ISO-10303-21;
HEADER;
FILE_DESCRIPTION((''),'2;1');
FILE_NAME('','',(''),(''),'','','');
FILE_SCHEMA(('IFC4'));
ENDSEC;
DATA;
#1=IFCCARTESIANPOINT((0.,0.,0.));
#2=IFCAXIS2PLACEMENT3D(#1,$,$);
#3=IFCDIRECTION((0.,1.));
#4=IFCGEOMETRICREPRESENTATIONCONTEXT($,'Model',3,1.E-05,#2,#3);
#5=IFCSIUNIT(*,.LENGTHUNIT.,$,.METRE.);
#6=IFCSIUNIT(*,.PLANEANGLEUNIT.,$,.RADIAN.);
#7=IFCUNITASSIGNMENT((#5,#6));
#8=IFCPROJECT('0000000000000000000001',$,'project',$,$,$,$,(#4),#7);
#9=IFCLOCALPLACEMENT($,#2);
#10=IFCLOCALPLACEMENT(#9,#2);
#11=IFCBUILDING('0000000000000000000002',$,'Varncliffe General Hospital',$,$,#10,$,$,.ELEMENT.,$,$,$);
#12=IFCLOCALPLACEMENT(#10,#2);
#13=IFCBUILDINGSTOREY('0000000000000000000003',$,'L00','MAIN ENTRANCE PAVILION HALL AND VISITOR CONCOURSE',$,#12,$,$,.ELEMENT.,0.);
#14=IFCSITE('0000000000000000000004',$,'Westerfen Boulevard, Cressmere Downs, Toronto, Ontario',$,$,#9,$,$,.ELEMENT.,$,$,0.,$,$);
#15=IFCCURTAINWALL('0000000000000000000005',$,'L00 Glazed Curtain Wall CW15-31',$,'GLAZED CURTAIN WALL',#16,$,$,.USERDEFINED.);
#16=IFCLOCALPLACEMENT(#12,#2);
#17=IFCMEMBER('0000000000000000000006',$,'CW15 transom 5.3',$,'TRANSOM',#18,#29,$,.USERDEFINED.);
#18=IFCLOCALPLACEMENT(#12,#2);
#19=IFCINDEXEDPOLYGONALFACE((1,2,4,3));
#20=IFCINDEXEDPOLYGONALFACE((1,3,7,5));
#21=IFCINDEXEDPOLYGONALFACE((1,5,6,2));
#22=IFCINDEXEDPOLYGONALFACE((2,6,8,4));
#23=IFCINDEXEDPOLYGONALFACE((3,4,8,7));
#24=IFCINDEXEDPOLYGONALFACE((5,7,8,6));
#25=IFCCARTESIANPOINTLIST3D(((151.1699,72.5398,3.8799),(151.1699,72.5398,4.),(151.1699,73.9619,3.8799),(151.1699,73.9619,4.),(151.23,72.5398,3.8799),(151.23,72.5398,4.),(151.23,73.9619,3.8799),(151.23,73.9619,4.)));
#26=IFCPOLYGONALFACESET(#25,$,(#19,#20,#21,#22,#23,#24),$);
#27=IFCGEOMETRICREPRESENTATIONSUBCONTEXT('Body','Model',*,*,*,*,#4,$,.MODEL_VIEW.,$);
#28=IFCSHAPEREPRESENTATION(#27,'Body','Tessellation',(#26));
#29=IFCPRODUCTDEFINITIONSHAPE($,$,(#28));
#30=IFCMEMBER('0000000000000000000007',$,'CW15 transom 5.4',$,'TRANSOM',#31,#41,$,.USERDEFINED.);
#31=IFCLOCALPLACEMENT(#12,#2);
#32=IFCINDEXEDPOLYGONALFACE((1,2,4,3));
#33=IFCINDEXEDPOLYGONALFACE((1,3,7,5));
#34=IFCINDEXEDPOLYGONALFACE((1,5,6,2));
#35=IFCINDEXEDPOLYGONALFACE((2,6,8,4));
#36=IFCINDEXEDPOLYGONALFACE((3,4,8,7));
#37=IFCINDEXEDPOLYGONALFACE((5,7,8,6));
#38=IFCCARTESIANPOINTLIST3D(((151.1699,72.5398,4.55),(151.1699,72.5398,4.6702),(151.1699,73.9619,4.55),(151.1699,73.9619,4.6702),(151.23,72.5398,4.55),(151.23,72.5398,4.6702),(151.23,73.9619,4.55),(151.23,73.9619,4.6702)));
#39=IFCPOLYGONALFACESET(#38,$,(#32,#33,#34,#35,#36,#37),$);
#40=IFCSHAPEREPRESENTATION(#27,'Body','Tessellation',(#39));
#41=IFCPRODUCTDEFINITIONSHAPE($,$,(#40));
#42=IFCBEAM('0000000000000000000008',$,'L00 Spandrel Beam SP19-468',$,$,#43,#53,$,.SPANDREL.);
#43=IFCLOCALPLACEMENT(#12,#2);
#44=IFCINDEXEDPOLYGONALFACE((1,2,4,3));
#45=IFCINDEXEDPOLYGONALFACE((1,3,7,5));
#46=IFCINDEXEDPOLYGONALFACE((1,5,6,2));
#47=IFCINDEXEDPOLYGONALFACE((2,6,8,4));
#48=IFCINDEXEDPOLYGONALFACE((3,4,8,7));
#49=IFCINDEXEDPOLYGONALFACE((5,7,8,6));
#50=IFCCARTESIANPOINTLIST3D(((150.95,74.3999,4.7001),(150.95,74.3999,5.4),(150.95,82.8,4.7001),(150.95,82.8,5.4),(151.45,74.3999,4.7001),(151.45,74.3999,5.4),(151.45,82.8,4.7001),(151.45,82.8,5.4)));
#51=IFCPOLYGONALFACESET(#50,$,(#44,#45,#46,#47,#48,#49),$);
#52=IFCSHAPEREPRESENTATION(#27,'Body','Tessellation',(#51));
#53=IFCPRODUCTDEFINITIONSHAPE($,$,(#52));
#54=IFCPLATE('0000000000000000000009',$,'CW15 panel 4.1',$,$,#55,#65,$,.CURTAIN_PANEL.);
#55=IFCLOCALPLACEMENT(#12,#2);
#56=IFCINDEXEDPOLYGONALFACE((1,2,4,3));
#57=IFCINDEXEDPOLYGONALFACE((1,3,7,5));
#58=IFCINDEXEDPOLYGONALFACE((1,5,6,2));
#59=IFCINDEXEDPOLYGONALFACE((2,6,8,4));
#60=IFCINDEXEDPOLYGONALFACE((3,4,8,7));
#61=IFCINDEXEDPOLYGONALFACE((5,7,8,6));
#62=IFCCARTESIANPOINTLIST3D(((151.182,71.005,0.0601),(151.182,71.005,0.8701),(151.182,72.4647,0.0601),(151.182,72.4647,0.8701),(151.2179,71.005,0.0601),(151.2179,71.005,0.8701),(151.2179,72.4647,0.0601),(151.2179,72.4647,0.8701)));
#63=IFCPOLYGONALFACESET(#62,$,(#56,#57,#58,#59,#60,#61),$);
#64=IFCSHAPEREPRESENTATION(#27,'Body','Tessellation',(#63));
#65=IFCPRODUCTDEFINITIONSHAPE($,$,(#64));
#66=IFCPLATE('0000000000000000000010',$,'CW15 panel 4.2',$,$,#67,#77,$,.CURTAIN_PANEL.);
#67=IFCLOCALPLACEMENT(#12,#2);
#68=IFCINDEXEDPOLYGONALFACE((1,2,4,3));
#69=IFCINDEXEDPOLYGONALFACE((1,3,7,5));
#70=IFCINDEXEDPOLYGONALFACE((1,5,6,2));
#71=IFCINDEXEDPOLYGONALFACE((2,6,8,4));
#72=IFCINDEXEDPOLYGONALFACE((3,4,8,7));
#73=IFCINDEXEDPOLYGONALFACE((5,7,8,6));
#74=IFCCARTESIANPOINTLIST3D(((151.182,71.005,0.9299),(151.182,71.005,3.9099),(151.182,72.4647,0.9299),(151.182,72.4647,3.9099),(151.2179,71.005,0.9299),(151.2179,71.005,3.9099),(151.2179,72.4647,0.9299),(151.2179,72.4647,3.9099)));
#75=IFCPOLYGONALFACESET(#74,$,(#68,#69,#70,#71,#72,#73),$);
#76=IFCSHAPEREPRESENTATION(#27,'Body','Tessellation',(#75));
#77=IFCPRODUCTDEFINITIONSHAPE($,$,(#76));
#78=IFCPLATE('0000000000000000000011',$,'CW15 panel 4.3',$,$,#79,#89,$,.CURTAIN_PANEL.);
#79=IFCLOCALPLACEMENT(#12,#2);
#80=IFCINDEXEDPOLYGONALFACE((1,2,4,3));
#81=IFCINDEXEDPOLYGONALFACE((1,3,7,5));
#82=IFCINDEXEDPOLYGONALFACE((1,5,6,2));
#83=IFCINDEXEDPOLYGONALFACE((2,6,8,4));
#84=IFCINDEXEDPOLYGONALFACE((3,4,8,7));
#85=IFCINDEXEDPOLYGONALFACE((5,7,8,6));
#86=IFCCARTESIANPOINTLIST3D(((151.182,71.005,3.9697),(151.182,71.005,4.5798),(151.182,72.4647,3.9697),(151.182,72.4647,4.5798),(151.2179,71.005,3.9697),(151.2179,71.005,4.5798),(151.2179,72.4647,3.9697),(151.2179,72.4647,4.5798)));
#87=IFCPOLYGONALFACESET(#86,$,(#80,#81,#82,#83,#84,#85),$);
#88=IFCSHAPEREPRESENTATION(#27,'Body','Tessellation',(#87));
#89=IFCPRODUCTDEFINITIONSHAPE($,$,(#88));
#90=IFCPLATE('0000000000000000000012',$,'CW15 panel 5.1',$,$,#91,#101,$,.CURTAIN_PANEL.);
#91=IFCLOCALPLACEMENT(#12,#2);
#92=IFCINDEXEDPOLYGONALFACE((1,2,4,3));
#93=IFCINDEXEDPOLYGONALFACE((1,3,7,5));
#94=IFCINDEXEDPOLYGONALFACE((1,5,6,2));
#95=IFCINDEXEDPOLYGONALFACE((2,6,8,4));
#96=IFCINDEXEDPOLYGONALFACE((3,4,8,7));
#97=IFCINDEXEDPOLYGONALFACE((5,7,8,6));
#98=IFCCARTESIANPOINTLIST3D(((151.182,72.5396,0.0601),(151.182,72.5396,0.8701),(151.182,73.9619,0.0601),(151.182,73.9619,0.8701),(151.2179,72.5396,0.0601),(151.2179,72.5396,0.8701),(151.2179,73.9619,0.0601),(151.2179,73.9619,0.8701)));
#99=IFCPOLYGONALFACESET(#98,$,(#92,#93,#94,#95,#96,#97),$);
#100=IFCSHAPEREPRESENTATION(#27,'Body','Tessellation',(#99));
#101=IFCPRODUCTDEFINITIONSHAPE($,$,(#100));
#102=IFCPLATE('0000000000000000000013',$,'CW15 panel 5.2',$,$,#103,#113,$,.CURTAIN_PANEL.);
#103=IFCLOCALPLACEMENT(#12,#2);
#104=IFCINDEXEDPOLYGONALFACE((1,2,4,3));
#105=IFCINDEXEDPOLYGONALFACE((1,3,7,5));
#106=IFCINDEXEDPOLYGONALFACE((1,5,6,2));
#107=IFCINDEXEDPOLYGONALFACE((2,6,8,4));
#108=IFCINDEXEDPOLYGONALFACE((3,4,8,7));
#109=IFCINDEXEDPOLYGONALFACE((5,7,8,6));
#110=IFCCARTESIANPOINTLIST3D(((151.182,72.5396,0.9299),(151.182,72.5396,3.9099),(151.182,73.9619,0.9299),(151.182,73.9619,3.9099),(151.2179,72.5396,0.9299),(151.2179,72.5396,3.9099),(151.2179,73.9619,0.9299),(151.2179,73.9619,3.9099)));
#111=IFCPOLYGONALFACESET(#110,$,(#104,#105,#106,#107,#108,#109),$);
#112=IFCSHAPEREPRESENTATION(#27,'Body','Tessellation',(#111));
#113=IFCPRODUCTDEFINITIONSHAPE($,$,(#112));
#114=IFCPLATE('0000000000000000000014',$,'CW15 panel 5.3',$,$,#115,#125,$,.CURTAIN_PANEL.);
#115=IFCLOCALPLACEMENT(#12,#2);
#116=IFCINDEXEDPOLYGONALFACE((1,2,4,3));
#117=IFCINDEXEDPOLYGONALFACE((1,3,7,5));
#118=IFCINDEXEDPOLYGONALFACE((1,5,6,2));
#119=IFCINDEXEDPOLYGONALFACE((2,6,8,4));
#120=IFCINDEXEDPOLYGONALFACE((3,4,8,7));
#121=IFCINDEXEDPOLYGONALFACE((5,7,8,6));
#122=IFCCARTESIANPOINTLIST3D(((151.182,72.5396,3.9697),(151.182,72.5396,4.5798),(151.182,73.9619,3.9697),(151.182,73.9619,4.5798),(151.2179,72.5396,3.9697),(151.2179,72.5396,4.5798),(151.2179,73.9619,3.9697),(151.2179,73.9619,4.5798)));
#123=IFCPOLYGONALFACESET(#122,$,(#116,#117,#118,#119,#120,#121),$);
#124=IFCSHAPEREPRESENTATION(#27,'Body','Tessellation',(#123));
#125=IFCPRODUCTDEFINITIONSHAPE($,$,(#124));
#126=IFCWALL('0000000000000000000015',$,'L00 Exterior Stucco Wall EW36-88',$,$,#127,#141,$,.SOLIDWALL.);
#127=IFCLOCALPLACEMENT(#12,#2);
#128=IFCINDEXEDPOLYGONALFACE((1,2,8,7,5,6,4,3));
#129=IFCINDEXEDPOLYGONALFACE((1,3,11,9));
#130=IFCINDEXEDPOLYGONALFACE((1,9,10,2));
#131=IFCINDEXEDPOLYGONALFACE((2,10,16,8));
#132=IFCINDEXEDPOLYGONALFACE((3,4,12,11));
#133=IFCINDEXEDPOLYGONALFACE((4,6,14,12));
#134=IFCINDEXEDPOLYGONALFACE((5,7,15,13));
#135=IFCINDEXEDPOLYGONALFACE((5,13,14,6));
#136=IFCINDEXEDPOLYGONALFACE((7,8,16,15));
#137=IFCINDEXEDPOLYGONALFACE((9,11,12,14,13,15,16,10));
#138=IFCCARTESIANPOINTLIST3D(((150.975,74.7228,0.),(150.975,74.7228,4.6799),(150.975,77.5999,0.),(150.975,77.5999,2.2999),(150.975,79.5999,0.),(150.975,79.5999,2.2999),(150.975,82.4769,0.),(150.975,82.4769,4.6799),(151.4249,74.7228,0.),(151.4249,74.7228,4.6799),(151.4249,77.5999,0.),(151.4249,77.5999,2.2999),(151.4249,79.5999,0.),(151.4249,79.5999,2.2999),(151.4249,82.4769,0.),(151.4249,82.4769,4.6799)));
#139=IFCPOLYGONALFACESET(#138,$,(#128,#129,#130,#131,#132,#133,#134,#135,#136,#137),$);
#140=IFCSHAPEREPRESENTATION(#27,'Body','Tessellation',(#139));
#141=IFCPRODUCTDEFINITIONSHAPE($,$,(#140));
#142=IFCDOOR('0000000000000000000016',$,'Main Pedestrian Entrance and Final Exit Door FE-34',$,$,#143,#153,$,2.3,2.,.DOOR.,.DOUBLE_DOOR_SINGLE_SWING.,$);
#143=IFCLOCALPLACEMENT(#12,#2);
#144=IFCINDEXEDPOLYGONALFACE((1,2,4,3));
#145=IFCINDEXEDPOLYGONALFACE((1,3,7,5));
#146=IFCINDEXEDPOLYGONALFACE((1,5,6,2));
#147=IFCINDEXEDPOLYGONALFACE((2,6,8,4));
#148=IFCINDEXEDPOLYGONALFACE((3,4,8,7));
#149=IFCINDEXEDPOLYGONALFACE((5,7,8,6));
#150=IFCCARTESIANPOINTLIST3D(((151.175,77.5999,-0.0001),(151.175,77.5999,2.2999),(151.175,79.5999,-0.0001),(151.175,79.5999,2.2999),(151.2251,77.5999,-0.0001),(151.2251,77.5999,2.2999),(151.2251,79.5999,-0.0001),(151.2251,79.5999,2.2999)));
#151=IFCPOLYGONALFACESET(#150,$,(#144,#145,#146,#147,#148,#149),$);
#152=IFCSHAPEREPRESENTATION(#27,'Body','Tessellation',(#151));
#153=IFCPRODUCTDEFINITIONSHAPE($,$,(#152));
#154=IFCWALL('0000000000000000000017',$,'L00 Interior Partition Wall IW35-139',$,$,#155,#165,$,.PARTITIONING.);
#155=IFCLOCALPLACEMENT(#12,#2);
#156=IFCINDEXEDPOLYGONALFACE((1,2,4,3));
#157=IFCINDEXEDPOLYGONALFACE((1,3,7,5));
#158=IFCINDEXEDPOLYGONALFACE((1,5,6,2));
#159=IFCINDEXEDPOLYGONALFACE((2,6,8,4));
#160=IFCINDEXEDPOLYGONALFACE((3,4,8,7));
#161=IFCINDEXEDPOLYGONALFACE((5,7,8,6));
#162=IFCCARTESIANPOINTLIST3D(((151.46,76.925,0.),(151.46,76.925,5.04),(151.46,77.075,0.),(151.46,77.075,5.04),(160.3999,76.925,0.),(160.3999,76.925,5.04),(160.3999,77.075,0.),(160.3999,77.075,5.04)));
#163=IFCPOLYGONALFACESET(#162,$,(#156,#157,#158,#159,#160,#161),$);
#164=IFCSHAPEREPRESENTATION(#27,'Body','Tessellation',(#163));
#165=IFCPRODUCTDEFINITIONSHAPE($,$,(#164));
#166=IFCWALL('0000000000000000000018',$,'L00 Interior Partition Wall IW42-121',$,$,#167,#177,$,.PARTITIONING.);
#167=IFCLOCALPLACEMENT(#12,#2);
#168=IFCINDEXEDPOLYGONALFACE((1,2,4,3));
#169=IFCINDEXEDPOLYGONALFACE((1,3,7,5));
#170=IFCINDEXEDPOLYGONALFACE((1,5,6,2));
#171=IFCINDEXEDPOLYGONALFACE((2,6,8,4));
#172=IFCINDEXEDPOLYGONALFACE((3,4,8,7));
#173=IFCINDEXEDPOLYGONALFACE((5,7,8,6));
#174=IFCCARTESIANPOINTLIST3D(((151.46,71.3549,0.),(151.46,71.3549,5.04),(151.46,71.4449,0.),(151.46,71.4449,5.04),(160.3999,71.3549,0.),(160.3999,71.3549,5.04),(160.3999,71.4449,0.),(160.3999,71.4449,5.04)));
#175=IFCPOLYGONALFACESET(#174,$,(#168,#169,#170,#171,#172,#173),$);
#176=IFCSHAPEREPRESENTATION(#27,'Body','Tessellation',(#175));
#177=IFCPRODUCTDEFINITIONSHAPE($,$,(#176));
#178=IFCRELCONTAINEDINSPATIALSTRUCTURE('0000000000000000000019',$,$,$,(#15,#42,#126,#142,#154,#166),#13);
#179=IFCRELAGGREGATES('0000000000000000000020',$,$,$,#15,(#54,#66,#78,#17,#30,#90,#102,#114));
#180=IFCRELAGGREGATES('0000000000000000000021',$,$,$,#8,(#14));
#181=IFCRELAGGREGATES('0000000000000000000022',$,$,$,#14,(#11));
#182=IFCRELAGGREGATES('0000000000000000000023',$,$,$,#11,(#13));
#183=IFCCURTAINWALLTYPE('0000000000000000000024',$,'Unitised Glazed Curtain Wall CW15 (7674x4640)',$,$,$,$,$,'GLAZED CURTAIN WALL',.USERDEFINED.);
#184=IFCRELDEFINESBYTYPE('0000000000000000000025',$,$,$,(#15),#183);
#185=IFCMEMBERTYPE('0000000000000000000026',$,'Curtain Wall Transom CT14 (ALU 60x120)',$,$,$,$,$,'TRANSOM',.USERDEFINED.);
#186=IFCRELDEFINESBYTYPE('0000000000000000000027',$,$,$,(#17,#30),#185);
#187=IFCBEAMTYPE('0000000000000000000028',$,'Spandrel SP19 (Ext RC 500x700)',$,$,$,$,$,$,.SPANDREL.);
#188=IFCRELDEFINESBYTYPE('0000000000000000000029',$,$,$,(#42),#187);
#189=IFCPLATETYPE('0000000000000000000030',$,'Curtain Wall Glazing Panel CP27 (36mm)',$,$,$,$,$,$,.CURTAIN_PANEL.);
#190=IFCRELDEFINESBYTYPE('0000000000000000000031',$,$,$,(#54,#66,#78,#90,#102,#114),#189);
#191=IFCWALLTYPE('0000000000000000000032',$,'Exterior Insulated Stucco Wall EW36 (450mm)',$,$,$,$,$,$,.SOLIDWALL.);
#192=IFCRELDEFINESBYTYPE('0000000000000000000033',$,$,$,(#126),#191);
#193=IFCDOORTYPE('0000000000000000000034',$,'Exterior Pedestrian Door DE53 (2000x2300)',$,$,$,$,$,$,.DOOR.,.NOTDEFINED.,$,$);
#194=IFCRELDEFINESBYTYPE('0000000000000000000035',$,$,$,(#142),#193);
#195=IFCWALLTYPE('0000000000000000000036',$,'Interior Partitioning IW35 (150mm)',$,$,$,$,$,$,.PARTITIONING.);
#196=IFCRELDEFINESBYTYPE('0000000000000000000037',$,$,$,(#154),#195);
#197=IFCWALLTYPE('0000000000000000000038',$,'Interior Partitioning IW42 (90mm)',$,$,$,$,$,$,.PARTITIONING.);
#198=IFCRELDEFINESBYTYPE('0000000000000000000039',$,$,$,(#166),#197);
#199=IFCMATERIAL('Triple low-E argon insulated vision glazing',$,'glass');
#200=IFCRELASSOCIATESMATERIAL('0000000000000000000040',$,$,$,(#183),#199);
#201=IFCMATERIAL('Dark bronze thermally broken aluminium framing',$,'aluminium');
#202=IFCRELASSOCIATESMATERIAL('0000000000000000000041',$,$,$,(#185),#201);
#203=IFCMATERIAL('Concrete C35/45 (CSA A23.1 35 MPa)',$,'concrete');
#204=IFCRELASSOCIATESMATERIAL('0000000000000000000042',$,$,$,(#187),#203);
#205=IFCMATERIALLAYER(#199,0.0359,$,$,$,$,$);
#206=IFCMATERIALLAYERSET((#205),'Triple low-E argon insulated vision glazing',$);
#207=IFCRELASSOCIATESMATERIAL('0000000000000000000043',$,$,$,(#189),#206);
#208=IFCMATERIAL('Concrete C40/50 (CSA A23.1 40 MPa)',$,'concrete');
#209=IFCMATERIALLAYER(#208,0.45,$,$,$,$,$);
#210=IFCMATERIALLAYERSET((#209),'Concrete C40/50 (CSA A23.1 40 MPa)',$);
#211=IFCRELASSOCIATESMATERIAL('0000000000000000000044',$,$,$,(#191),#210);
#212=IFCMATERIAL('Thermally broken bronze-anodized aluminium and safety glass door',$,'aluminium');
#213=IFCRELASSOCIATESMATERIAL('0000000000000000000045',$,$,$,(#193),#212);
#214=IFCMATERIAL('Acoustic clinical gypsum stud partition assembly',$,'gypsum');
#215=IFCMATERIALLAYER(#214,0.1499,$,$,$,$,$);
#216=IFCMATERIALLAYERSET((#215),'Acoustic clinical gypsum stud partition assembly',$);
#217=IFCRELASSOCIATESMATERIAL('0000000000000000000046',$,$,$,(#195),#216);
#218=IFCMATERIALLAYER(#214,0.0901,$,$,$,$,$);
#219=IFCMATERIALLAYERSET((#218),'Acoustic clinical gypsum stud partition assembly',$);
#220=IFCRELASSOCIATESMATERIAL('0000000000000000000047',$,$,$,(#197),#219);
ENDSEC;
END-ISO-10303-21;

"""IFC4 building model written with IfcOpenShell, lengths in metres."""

from ifc_helpers import new_model, si_unit, direction, frame, frame_2d, origin, origin_2d, place, context, subcontext, project, spatial, rectangle, extrude, material, layer, layer_set, material_profile, profile_set, type_object, element, fill, aggregate, save


model = new_model("IFC4")

# Units and contexts
model_context = context("Model", 3, precision=1e-05, world=origin(), true_north=direction((0.0, 1.0)))
body_context = subcontext(model_context, "Body", "Model", "MODEL_VIEW")
ifc_project = project(units=[si_unit("LENGTHUNIT", "METRE"), si_unit("PLANEANGLEUNIT", "RADIAN")], contexts=[model_context])

# Site, building, storey
site_placement = place(None, origin())
site = spatial("IfcSite", under=ifc_project, at=site_placement, Name="Westerfen Boulevard, Cressmere Downs, Toronto, Ontario", CompositionType="ELEMENT", RefElevation=0.0)
building_placement = place(site_placement, origin())
building = spatial("IfcBuilding", under=site, at=building_placement, Name="Varncliffe General Hospital", CompositionType="ELEMENT")
storey_placement = place(building_placement, origin())
storey = spatial("IfcBuildingStorey", under=building, at=storey_placement, Name="L00", Description="MAIN ENTRANCE PAVILION HALL AND VISITOR CONCOURSE", CompositionType="ELEMENT", Elevation=0.0)

# Shared definitions
ifc_material_1 = material(Name="Concrete C40/50 (CSA A23.1 40 MPa)", Category="concrete")

# Shared definitions
ifc_material_2 = material(Name="Concrete C35/45 (CSA A23.1 35 MPa)", Category="concrete")

# Curtain wall, members
ifc_material_3 = material(Name="Triple low-E argon insulated vision glazing", Category="glass")
curtain_wall_type = type_object("IfcCurtainWallType", Name="Unitised Glazed Curtain Wall CW15 (7674x4640)", ElementType="GLAZED CURTAIN WALL", PredefinedType="USERDEFINED", material=ifc_material_3)
curtain_wall_placement = place(storey_placement, origin())
curtain_wall = element("IfcCurtainWall", 1, at=curtain_wall_placement, inside=storey, type_object=curtain_wall_type, Name="L00 Glazed Curtain Wall CW15-31", ObjectType="GLAZED CURTAIN WALL", PredefinedType="USERDEFINED")
ifc_material_4 = material(Name="Dark bronze thermally broken aluminium framing", Category="aluminium")
ifc_material_profile_1 = material_profile(ifc_material_4, rectangle(XDim=0.0601, YDim=0.1201, at=origin_2d()), Name="ALU 60x120")
ifc_profile_set_1 = profile_set([ifc_material_profile_1], Name="Dark bronze thermally broken aluminium framing")
member_type_1 = type_object("IfcMemberType", Name="Curtain Wall Transom CT14 (ALU 60x120)", ElementType="TRANSOM", PredefinedType="USERDEFINED", material=ifc_profile_set_1)
member_1_placement = place(storey_placement, frame((151.2, 72.5398, 3.9399), z_axis=(0.0, 1.0, 0.0), x_axis=(-1.0, 0.0, 0.0)))
member_1 = element("IfcMember", 2, at=member_1_placement, type_object=member_type_1, Name="CW15 transom 5.3", ObjectType="TRANSOM", PredefinedType="USERDEFINED", context=body_context, shape_type="SweptSolid", body=[
    extrude(rectangle(XDim=0.0601, YDim=0.1201, at=origin_2d()), origin(), (0.0, 0.0, 1.0), 1.4221),
])
member_2_placement = place(storey_placement, frame((151.2, 72.5398, 4.6101), z_axis=(0.0, 1.0, 0.0), x_axis=(-1.0, 0.0, 0.0)))
member_2 = element("IfcMember", 3, at=member_2_placement, type_object=member_type_1, Name="CW15 transom 5.4", ObjectType="TRANSOM", PredefinedType="USERDEFINED", context=body_context, shape_type="SweptSolid", body=[
    extrude(rectangle(XDim=0.0601, YDim=0.1201, at=origin_2d()), origin(), (0.0, 0.0, 1.0), 1.4221),
])

# Beam
ifc_material_profile_2 = material_profile(ifc_material_2, rectangle(XDim=0.5, YDim=0.7, at=origin_2d()), Name="RC 500x700")
ifc_profile_set_2 = profile_set([ifc_material_profile_2], Name="Concrete C35/45 (CSA A23.1 35 MPa)")
beam_type_1 = type_object("IfcBeamType", Name="Spandrel SP19 (Ext RC 500x700)", PredefinedType="SPANDREL", material=ifc_profile_set_2)
beam_1_placement = place(storey_placement, frame((151.2, 74.3999, 5.05), z_axis=(0.0, 1.0, 0.0), x_axis=(-1.0, 0.0, 0.0)))
element("IfcBeam", 4, at=beam_1_placement, inside=storey, type_object=beam_type_1, Name="L00 Spandrel Beam SP19-468", PredefinedType="SPANDREL", context=body_context, shape_type="SweptSolid", body=[
    extrude(rectangle(XDim=0.5, YDim=0.7, at=origin_2d()), origin(), (0.0, 0.0, 1.0), 8.4001),
])

# Plates
ifc_layer_1 = layer(ifc_material_3, 0.0359)
ifc_layer_set_1 = layer_set([ifc_layer_1], Name="Triple low-E argon insulated vision glazing")
plate_type = type_object("IfcPlateType", Name="Curtain Wall Glazing Panel CP27 (36mm)", PredefinedType="CURTAIN_PANEL", material=ifc_layer_set_1)
plate_1_placement = place(storey_placement, frame((151.2, 71.7349, 0.0601), z_axis=(0.0, 0.0, 1.0), x_axis=(0.0, 1.0, 0.0)))
plate_1 = element("IfcPlate", 5, at=plate_1_placement, type_object=plate_type, Name="CW15 panel 4.1", PredefinedType="CURTAIN_PANEL", context=body_context, shape_type="SweptSolid", body=[
    extrude(rectangle(XDim=1.4597, YDim=0.0359, at=origin_2d()), origin(), (0.0, 0.0, 1.0), 0.8101),
])
plate_2_placement = place(storey_placement, frame((151.2, 71.7349, 0.9299), z_axis=(0.0, 0.0, 1.0), x_axis=(0.0, 1.0, 0.0)))
plate_2 = element("IfcPlate", 6, at=plate_2_placement, type_object=plate_type, Name="CW15 panel 4.2", PredefinedType="CURTAIN_PANEL", context=body_context, shape_type="SweptSolid", body=[
    extrude(rectangle(XDim=1.4597, YDim=0.0359, at=origin_2d()), origin(), (0.0, 0.0, 1.0), 2.98),
])
plate_3_placement = place(storey_placement, frame((151.2, 71.7349, 3.9697), z_axis=(0.0, 0.0, 1.0), x_axis=(0.0, 1.0, 0.0)))
plate_3 = element("IfcPlate", 7, at=plate_3_placement, type_object=plate_type, Name="CW15 panel 4.3", PredefinedType="CURTAIN_PANEL", context=body_context, shape_type="SweptSolid", body=[
    extrude(rectangle(XDim=1.4597, YDim=0.0359, at=origin_2d()), origin(), (0.0, 0.0, 1.0), 0.6101),
])
plate_4_placement = place(storey_placement, frame((151.2, 73.2507, 0.0601), z_axis=(0.0, 0.0, 1.0), x_axis=(0.0, 1.0, 0.0)))
plate_4 = element("IfcPlate", 8, at=plate_4_placement, type_object=plate_type, Name="CW15 panel 5.1", PredefinedType="CURTAIN_PANEL", context=body_context, shape_type="SweptSolid", body=[
    extrude(rectangle(XDim=1.4224, YDim=0.0359, at=origin_2d()), origin(), (0.0, 0.0, 1.0), 0.8101),
])
plate_5_placement = place(storey_placement, frame((151.2, 73.2507, 0.9299), z_axis=(0.0, 0.0, 1.0), x_axis=(0.0, 1.0, 0.0)))
plate_5 = element("IfcPlate", 9, at=plate_5_placement, type_object=plate_type, Name="CW15 panel 5.2", PredefinedType="CURTAIN_PANEL", context=body_context, shape_type="SweptSolid", body=[
    extrude(rectangle(XDim=1.4224, YDim=0.0359, at=origin_2d()), origin(), (0.0, 0.0, 1.0), 2.98),
])
plate_6_placement = place(storey_placement, frame((151.2, 73.2507, 3.9697), z_axis=(0.0, 0.0, 1.0), x_axis=(0.0, 1.0, 0.0)))
plate_6 = element("IfcPlate", 10, at=plate_6_placement, type_object=plate_type, Name="CW15 panel 5.3", PredefinedType="CURTAIN_PANEL", context=body_context, shape_type="SweptSolid", body=[
    extrude(rectangle(XDim=1.4224, YDim=0.0359, at=origin_2d()), origin(), (0.0, 0.0, 1.0), 0.6101),
])
aggregate(curtain_wall, [plate_1, plate_2, plate_3, member_1, member_2, plate_4, plate_5, plate_6])

# Wall, opening, door
ifc_layer_2 = layer(ifc_material_1, 0.45)
ifc_layer_set_2 = layer_set([ifc_layer_2], Name="Concrete C40/50 (CSA A23.1 40 MPa)")
wall_type_1 = type_object("IfcWallType", Name="Exterior Insulated Stucco Wall EW36 (450mm)", PredefinedType="SOLIDWALL", material=ifc_layer_set_2)
wall_1_placement = place(storey_placement, frame((151.2, 74.7229, 0.0), z_axis=(0.0, 0.0, 1.0), x_axis=(0.0, 1.0, 0.0)))
wall_1 = element("IfcWall", 11, at=wall_1_placement, inside=storey, type_object=wall_type_1, Name="L00 Exterior Stucco Wall EW36-88", PredefinedType="SOLIDWALL", context=body_context, shape_type="SweptSolid", body=[
    extrude(rectangle(XDim=7.7542, YDim=0.45, at=frame_2d((3.877, 0.0))), origin(), (0.0, 0.0, 1.0), 4.6799),
])
opening_placement = place(wall_1_placement, frame((2.877, 0.0, 0.0)))
opening = element("IfcOpeningElement", 12, at=opening_placement, cuts=wall_1, PredefinedType="OPENING", context=body_context, shape_type="SweptSolid", body=[
    extrude(rectangle(XDim=2.0, YDim=2.3, at=frame_2d((1.0, 1.1499))), frame((0.0, 0.2349, 0.0), z_axis=(0.0, -1.0, 0.0), x_axis=(1.0, 0.0, 0.0)), (0.0, 0.0, 1.0), 0.47),
])
ifc_material_5 = material(Name="Thermally broken bronze-anodized aluminium and safety glass door", Category="aluminium")
door_type = type_object("IfcDoorType", Name="Exterior Pedestrian Door DE53 (2000x2300)", OperationType="NOTDEFINED", PredefinedType="DOOR", material=ifc_material_5)
door_placement = place(opening_placement, origin())
door = element("IfcDoor", 13, at=door_placement, inside=storey, type_object=door_type, Name="Main Pedestrian Entrance and Final Exit Door FE-34", OperationType="DOUBLE_DOOR_SINGLE_SWING", OverallHeight=2.3, OverallWidth=2.0, PredefinedType="DOOR", context=body_context, shape_type="SweptSolid", body=[
    extrude(rectangle(XDim=2.0, YDim=2.3, at=frame_2d((1.0, 1.1499))), frame((0.0, 0.0249, 0.0), z_axis=(0.0, -1.0, 0.0), x_axis=(1.0, 0.0, 0.0)), (0.0, 0.0, 1.0), 0.05),
])
fill(opening, door)

# Walls
ifc_material_6 = material(Name="Acoustic clinical gypsum stud partition assembly", Category="gypsum")
ifc_layer_3 = layer(ifc_material_6, 0.1499)
ifc_layer_set_3 = layer_set([ifc_layer_3], Name="Acoustic clinical gypsum stud partition assembly")
wall_type_2 = type_object("IfcWallType", Name="Interior Partitioning IW35 (150mm)", PredefinedType="PARTITIONING", material=ifc_layer_set_3)
wall_2_placement = place(storey_placement, frame((151.46, 77.0, 0.0), z_axis=(0.0, 0.0, 1.0), x_axis=(1.0, 0.0, 0.0)))
element("IfcWall", 14, at=wall_2_placement, inside=storey, type_object=wall_type_2, Name="L00 Interior Partition Wall IW35-139", PredefinedType="PARTITIONING", context=body_context, shape_type="SweptSolid", body=[
    extrude(rectangle(XDim=8.9399, YDim=0.1499, at=frame_2d((4.47, 0.0))), origin(), (0.0, 0.0, 1.0), 5.04),
])
ifc_layer_4 = layer(ifc_material_6, 0.0901)
ifc_layer_set_4 = layer_set([ifc_layer_4], Name="Acoustic clinical gypsum stud partition assembly")
wall_type_3 = type_object("IfcWallType", Name="Interior Partitioning IW42 (90mm)", PredefinedType="PARTITIONING", material=ifc_layer_set_4)
wall_3_placement = place(storey_placement, frame((151.46, 71.3999, 0.0), z_axis=(0.0, 0.0, 1.0), x_axis=(1.0, 0.0, 0.0)))
element("IfcWall", 15, at=wall_3_placement, inside=storey, type_object=wall_type_3, Name="L00 Interior Partition Wall IW42-121", PredefinedType="PARTITIONING", context=body_context, shape_type="SweptSolid", body=[
    extrude(rectangle(XDim=8.9399, YDim=0.0901, at=frame_2d((4.47, 0.0))), origin(), (0.0, 0.0, 1.0), 5.04),
])

save(model, "model.ifc")
